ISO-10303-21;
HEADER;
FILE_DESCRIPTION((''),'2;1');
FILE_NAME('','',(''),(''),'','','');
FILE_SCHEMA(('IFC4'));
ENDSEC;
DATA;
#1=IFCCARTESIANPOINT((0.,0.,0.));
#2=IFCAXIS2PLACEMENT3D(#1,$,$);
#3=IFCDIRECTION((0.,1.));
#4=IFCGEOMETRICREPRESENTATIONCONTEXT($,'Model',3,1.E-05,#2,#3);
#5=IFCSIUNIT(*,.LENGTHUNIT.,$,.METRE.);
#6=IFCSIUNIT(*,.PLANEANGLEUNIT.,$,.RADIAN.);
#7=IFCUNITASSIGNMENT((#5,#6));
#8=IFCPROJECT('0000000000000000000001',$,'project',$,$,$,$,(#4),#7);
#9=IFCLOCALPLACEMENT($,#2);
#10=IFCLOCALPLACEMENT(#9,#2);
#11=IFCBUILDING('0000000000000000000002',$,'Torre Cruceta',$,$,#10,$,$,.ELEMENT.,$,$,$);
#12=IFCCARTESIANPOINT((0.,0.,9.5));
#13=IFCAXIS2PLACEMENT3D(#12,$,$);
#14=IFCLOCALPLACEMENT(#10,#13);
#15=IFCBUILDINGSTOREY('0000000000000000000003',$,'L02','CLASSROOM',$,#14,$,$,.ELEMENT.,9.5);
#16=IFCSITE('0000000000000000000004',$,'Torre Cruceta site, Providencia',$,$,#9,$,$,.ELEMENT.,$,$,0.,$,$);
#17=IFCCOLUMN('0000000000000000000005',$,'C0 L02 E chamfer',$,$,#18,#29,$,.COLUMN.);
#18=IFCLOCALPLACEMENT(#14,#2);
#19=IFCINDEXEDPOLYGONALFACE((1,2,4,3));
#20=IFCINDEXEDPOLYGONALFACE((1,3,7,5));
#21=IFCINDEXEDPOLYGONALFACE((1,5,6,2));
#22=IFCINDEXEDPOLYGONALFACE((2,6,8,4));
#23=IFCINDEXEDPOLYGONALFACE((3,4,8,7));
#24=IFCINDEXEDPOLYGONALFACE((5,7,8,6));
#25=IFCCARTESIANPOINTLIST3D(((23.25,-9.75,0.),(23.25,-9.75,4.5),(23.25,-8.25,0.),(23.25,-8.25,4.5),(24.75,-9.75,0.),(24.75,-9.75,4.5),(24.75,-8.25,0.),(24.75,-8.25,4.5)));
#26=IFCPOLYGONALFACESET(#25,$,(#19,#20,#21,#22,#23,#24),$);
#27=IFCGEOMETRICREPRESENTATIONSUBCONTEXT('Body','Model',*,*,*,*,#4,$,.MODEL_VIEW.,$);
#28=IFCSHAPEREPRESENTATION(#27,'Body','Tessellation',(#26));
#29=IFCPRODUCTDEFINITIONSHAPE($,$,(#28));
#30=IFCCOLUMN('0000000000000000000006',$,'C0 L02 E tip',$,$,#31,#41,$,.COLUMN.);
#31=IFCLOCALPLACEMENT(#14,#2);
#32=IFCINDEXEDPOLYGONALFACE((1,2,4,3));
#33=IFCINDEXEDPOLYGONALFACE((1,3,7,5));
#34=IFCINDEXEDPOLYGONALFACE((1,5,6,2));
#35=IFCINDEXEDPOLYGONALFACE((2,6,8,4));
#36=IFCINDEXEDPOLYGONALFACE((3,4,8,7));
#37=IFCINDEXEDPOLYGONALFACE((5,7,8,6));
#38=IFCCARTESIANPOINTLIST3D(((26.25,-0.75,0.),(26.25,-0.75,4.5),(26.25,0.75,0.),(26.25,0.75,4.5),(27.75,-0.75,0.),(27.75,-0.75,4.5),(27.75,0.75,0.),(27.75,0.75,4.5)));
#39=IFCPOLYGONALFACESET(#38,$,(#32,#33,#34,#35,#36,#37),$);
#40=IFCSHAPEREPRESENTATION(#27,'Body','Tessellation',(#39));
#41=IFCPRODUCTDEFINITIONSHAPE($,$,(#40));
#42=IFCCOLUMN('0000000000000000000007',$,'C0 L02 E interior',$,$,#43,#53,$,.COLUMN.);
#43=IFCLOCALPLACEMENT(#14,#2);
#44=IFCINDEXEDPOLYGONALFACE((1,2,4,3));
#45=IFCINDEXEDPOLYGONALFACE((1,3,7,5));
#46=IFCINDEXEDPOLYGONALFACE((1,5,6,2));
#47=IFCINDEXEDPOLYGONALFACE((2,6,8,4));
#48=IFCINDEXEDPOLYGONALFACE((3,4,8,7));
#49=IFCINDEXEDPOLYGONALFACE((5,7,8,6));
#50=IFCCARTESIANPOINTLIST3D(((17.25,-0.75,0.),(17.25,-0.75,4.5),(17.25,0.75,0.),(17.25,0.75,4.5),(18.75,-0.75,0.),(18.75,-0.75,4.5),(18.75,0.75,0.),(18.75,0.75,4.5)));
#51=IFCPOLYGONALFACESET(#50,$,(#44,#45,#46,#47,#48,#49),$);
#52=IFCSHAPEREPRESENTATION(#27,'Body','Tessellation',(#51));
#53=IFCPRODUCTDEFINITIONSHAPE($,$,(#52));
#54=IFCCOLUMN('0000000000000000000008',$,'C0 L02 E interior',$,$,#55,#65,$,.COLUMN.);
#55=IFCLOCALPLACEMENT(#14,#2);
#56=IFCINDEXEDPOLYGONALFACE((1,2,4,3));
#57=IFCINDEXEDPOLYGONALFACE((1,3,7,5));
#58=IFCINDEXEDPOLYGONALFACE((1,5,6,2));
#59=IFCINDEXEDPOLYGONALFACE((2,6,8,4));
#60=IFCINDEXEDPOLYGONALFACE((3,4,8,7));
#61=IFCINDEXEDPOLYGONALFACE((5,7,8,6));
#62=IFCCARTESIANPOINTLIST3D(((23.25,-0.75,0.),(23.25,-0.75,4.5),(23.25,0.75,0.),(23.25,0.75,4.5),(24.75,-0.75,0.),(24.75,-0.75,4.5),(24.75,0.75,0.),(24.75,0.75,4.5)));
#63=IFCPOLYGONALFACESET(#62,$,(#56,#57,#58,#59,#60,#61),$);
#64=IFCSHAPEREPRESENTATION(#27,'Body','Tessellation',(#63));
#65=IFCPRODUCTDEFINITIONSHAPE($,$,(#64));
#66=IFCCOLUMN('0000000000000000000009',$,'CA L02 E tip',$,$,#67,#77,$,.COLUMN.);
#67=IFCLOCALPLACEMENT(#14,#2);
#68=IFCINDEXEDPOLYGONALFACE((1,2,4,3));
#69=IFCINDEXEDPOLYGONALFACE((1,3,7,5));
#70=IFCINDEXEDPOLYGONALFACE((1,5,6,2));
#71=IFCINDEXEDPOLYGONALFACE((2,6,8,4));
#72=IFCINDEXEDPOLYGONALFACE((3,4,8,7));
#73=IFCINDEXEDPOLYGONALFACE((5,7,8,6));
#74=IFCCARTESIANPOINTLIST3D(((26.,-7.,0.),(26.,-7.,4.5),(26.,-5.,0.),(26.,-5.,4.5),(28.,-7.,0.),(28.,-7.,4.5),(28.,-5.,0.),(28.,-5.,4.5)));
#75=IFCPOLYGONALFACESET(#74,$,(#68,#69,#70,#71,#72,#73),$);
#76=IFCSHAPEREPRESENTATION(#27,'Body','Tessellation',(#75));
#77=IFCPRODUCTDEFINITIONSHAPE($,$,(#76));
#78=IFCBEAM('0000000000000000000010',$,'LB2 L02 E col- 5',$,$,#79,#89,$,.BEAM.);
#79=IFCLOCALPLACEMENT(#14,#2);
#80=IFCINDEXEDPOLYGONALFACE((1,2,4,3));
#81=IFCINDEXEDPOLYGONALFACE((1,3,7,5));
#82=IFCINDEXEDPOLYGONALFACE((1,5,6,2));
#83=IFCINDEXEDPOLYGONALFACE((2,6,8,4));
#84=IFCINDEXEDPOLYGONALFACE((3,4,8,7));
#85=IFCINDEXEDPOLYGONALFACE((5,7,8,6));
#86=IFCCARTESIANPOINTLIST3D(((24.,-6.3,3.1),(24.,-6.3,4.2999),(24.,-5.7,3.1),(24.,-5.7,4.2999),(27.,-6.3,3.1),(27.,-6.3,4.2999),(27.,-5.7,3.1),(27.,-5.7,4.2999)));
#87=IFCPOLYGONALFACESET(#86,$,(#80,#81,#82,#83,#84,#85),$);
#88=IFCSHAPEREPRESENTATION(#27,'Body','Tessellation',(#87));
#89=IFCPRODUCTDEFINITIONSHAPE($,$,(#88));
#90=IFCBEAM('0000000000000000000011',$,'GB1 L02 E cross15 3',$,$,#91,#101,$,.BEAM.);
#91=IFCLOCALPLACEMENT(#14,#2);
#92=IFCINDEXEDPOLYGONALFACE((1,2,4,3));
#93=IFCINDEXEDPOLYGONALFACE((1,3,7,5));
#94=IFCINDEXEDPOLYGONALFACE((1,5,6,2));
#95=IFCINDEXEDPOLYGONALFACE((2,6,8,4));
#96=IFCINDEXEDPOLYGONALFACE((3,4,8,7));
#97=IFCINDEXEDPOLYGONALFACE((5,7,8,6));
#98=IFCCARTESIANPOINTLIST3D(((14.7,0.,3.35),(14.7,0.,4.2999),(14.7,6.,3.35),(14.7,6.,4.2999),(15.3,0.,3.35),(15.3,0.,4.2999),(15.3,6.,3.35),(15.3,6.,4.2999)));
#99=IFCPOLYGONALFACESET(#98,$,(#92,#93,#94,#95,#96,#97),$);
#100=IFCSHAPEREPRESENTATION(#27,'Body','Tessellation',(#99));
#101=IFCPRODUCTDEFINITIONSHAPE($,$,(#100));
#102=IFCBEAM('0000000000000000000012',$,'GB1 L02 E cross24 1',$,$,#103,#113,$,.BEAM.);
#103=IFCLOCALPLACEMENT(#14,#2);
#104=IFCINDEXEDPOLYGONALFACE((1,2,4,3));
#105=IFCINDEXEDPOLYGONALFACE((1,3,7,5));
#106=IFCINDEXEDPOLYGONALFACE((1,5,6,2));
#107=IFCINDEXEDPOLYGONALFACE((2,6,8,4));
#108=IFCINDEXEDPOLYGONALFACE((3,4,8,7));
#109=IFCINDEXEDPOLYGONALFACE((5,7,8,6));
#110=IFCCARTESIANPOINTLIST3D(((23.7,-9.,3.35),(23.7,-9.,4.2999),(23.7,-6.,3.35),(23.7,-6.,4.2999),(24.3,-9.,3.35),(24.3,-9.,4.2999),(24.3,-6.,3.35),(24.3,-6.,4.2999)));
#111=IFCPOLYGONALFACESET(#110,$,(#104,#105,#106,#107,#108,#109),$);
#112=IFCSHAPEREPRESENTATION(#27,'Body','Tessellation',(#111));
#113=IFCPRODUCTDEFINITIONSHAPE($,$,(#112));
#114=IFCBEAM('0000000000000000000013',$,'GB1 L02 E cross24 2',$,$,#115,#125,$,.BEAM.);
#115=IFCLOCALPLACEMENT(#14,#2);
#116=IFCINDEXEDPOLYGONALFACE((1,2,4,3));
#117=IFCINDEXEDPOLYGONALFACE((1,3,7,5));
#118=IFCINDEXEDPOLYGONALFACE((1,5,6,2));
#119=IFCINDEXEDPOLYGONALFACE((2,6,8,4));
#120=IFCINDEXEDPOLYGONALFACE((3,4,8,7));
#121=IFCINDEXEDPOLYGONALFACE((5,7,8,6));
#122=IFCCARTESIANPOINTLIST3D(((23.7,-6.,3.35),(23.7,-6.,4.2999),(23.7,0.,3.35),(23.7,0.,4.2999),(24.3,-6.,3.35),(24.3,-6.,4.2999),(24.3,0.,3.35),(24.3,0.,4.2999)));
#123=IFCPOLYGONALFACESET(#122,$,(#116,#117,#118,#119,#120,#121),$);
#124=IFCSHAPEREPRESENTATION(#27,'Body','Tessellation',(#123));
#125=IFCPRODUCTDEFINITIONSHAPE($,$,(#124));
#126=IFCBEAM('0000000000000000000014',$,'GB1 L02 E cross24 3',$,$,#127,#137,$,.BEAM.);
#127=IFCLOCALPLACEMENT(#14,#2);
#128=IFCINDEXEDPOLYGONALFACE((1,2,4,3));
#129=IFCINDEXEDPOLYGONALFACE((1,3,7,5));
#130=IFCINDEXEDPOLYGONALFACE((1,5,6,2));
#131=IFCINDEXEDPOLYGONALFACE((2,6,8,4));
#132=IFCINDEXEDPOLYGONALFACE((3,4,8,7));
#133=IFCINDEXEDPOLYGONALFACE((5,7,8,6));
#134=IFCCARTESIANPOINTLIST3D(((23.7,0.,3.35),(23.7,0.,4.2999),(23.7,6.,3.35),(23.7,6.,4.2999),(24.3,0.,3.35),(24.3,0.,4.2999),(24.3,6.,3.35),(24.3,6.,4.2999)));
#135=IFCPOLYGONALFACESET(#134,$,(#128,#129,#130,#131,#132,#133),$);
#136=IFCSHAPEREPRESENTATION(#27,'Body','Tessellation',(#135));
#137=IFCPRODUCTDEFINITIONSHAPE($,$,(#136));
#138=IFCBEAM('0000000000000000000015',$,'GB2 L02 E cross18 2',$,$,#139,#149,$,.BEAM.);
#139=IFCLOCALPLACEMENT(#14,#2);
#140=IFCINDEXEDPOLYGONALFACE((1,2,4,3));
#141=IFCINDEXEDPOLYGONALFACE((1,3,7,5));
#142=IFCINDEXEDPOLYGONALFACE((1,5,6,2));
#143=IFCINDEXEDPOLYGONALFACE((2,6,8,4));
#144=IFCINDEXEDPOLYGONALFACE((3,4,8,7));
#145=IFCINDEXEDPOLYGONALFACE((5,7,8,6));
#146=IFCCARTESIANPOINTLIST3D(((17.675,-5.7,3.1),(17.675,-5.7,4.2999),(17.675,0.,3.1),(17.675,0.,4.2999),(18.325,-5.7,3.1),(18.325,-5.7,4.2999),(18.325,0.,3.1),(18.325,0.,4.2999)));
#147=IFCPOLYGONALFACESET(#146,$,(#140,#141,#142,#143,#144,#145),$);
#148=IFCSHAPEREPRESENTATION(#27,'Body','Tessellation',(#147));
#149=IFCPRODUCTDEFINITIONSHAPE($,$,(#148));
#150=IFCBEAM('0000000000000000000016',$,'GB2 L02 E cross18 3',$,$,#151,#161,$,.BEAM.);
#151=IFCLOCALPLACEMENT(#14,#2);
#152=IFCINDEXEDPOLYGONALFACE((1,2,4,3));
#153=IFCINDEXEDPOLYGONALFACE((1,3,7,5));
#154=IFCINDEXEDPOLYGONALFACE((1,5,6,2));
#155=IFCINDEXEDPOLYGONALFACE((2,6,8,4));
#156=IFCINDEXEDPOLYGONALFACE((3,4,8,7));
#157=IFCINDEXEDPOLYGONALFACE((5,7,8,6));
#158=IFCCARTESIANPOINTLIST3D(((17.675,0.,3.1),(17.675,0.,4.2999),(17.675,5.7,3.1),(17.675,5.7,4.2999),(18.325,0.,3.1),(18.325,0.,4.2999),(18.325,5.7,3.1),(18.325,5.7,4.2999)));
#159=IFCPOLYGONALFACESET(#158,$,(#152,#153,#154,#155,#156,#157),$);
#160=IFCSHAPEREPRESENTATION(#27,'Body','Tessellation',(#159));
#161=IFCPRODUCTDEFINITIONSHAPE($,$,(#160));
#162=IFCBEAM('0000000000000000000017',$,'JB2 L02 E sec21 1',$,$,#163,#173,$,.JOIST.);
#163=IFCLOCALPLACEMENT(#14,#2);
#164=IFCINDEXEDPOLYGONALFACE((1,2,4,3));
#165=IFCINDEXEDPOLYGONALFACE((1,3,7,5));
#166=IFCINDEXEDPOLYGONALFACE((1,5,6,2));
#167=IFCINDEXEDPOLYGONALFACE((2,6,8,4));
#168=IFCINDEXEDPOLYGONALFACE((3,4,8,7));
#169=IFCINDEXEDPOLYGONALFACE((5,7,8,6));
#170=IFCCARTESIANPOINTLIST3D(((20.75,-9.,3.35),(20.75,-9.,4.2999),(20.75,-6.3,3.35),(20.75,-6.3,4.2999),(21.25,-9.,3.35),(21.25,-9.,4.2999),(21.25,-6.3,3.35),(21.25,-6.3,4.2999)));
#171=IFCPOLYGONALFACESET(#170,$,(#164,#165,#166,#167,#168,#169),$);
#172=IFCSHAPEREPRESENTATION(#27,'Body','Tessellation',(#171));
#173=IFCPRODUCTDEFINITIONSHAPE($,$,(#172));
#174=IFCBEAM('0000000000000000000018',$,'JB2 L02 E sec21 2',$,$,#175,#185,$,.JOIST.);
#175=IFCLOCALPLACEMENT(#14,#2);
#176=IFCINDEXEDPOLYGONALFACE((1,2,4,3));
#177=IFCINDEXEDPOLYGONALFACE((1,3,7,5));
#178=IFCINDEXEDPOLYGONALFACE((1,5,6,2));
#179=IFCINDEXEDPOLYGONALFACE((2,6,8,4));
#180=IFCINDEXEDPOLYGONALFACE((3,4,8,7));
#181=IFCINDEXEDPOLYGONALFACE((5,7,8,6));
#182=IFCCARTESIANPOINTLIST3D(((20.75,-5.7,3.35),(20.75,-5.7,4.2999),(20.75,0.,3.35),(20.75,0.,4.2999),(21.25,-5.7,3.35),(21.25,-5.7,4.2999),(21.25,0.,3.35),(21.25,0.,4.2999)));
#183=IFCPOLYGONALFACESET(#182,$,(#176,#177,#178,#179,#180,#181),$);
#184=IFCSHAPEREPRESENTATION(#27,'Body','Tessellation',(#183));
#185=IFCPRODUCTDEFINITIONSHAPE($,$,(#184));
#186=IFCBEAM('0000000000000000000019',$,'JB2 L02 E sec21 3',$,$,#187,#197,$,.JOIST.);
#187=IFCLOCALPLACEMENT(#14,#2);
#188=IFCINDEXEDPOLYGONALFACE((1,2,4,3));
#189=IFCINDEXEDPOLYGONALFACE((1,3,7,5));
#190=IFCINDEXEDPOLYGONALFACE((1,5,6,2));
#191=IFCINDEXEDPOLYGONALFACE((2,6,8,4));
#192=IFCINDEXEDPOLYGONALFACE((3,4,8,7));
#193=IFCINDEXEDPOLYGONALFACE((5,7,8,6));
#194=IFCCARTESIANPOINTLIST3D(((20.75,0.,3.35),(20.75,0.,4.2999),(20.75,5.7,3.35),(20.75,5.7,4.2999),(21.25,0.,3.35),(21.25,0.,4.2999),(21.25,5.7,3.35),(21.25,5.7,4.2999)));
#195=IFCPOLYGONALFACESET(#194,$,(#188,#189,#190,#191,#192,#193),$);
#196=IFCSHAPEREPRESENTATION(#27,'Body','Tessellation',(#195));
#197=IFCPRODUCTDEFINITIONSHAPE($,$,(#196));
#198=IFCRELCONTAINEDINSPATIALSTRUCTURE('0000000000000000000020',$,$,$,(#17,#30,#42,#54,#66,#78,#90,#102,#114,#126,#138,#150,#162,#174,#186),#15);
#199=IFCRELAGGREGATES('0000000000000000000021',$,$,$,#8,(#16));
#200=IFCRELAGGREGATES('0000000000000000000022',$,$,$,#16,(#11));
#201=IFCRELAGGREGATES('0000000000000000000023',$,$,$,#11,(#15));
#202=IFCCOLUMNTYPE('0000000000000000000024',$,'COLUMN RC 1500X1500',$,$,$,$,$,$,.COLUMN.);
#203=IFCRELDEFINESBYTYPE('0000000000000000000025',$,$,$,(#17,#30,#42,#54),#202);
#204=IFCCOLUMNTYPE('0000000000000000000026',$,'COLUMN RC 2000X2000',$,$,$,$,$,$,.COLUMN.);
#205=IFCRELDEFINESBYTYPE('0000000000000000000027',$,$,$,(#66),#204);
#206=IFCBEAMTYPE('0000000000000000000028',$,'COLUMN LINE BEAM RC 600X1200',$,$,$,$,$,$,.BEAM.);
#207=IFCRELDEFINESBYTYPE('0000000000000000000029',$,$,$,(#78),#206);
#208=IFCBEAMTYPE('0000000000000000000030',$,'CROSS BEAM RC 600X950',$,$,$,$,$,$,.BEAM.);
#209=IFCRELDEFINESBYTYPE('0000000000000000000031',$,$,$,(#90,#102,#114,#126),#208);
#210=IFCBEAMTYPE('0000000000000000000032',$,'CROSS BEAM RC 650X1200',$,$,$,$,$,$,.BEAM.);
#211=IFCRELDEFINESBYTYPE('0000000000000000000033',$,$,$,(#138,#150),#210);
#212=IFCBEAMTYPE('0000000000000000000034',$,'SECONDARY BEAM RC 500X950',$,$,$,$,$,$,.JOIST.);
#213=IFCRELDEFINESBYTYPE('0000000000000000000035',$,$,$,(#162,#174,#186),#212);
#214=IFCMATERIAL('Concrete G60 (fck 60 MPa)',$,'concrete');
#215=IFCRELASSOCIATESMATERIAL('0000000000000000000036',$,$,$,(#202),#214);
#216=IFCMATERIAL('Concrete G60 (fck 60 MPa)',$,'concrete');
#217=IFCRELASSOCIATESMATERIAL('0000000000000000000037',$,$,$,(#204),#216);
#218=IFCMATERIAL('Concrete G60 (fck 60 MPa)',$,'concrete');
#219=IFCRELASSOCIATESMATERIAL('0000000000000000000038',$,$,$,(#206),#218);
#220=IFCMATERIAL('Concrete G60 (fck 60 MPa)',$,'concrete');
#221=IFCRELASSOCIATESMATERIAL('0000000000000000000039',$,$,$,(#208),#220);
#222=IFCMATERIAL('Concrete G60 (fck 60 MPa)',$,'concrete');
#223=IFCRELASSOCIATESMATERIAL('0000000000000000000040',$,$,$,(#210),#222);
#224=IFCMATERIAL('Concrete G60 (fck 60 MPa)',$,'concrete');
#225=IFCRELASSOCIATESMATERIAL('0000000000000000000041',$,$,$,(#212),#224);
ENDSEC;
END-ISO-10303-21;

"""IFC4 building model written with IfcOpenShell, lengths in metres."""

from ifc_helpers import new_model, si_unit, direction, frame, origin, origin_2d, place, context, subcontext, project, spatial, rectangle, extrude, material, material_profile, profile_set, type_object, element, save


model = new_model("IFC4")

# Units and contexts
model_context = context("Model", 3, precision=1e-05, world=origin(), true_north=direction((0.0, 1.0)))
body_context = subcontext(model_context, "Body", "Model", "MODEL_VIEW")
ifc_project = project(units=[si_unit("LENGTHUNIT", "METRE"), si_unit("PLANEANGLEUNIT", "RADIAN")], contexts=[model_context])

# Site, building, storey
site_placement = place(None, origin())
site = spatial("IfcSite", under=ifc_project, at=site_placement, Name="Torre Cruceta site, Providencia", CompositionType="ELEMENT", RefElevation=0.0)
building_placement = place(site_placement, origin())
building = spatial("IfcBuilding", under=site, at=building_placement, Name="Torre Cruceta", CompositionType="ELEMENT")
storey_placement = place(building_placement, frame((0.0, 0.0, 9.5)))
storey = spatial("IfcBuildingStorey", under=building, at=storey_placement, Name="L02", Description="CLASSROOM", CompositionType="ELEMENT", Elevation=9.5)

# Columns
ifc_material_1 = material(Name="Concrete G60 (fck 60 MPa)", Category="concrete")
ifc_material_profile_1 = material_profile(ifc_material_1, rectangle(XDim=1.5, YDim=1.5, at=origin_2d()), Name="RC 1500X1500")
ifc_profile_set_1 = profile_set([ifc_material_profile_1], Name="Concrete G60 (fck 60 MPa)")
column_type_1 = type_object("IfcColumnType", Name="COLUMN RC 1500X1500", PredefinedType="COLUMN", material=ifc_profile_set_1)
for number, where, z_axis, x_axis, name in (
    (1, (24.0, -9.0, 0.0), (0.0, 0.0, 1.0), (1.0, 0.0, 0.0), "C0 L02 E chamfer"),
    (2, (27.0, 0.0, 0.0), (0.0, 0.0, 1.0), (1.0, 0.0, 0.0), "C0 L02 E tip"),
    (3, (18.0, 0.0, 0.0), (0.0, 0.0, 1.0), (1.0, 0.0, 0.0), "C0 L02 E interior"),
    (4, (24.0, 0.0, 0.0), (0.0, 0.0, 1.0), (1.0, 0.0, 0.0), "C0 L02 E interior"),
):
    element("IfcColumn", number, at=place(storey_placement, frame(where, z_axis=z_axis, x_axis=x_axis)), inside=storey, type_object=column_type_1, Name=name, PredefinedType="COLUMN", context=body_context, shape_type="SweptSolid", body=[
        extrude(rectangle(XDim=1.5, YDim=1.5, at=origin_2d()), origin(), (0.0, 0.0, 1.0), 4.5),
    ])
ifc_material_2 = material(Name="Concrete G60 (fck 60 MPa)", Category="concrete")
ifc_material_profile_2 = material_profile(ifc_material_2, rectangle(XDim=2.0, YDim=2.0, at=origin_2d()), Name="RC 2000X2000")
ifc_profile_set_2 = profile_set([ifc_material_profile_2], Name="Concrete G60 (fck 60 MPa)")
column_type_2 = type_object("IfcColumnType", Name="COLUMN RC 2000X2000", PredefinedType="COLUMN", material=ifc_profile_set_2)
column_placement = place(storey_placement, frame((27.0, -6.0, 0.0), z_axis=(0.0, 0.0, 1.0), x_axis=(1.0, 0.0, 0.0)))
element("IfcColumn", 5, at=column_placement, inside=storey, type_object=column_type_2, Name="CA L02 E tip", PredefinedType="COLUMN", context=body_context, shape_type="SweptSolid", body=[
    extrude(rectangle(XDim=2.0, YDim=2.0, at=origin_2d()), origin(), (0.0, 0.0, 1.0), 4.5),
])

# Beams
ifc_material_3 = material(Name="Concrete G60 (fck 60 MPa)", Category="concrete")
ifc_material_profile_3 = material_profile(ifc_material_3, rectangle(XDim=0.6001, YDim=1.2, at=origin_2d()), Name="RC 600X1200")
ifc_profile_set_3 = profile_set([ifc_material_profile_3], Name="Concrete G60 (fck 60 MPa)")
beam_type_1 = type_object("IfcBeamType", Name="COLUMN LINE BEAM RC 600X1200", PredefinedType="BEAM", material=ifc_profile_set_3)
beam_1_placement = place(storey_placement, frame((24.0, -6.0, 3.7), z_axis=(1.0, 0.0, 0.0), x_axis=(0.0, 1.0, 0.0)))
element("IfcBeam", 6, at=beam_1_placement, inside=storey, type_object=beam_type_1, Name="LB2 L02 E col- 5", PredefinedType="BEAM", context=body_context, shape_type="SweptSolid", body=[
    extrude(rectangle(XDim=0.6001, YDim=1.2, at=origin_2d()), origin(), (0.0, 0.0, 1.0), 3.0),
])
ifc_material_4 = material(Name="Concrete G60 (fck 60 MPa)", Category="concrete")
ifc_material_profile_4 = material_profile(ifc_material_4, rectangle(XDim=0.6001, YDim=0.95, at=origin_2d()), Name="RC 600X950")
ifc_profile_set_4 = profile_set([ifc_material_profile_4], Name="Concrete G60 (fck 60 MPa)")
beam_type_2 = type_object("IfcBeamType", Name="CROSS BEAM RC 600X950", PredefinedType="BEAM", material=ifc_profile_set_4)
beam_2_placement = place(storey_placement, frame((15.0, 0.0, 3.825), z_axis=(0.0, 1.0, 0.0), x_axis=(-1.0, 0.0, 0.0)))
element("IfcBeam", 7, at=beam_2_placement, inside=storey, type_object=beam_type_2, Name="GB1 L02 E cross15 3", PredefinedType="BEAM", context=body_context, shape_type="SweptSolid", body=[
    extrude(rectangle(XDim=0.6001, YDim=0.95, at=origin_2d()), origin(), (0.0, 0.0, 1.0), 6.0),
])
beam_3_placement = place(storey_placement, frame((24.0, -9.0, 3.825), z_axis=(0.0, 1.0, 0.0), x_axis=(-1.0, 0.0, 0.0)))
element("IfcBeam", 8, at=beam_3_placement, inside=storey, type_object=beam_type_2, Name="GB1 L02 E cross24 1", PredefinedType="BEAM", context=body_context, shape_type="SweptSolid", body=[
    extrude(rectangle(XDim=0.6001, YDim=0.95, at=origin_2d()), origin(), (0.0, 0.0, 1.0), 3.0),
])
for number, where, z_axis, x_axis, name in (
    (9, (24.0, -6.0, 3.825), (0.0, 1.0, 0.0), (-1.0, 0.0, 0.0), "GB1 L02 E cross24 2"),
    (10, (24.0, 0.0, 3.825), (0.0, 1.0, 0.0), (-1.0, 0.0, 0.0), "GB1 L02 E cross24 3"),
):
    element("IfcBeam", number, at=place(storey_placement, frame(where, z_axis=z_axis, x_axis=x_axis)), inside=storey, type_object=beam_type_2, Name=name, PredefinedType="BEAM", context=body_context, shape_type="SweptSolid", body=[
        extrude(rectangle(XDim=0.6001, YDim=0.95, at=origin_2d()), origin(), (0.0, 0.0, 1.0), 6.0),
    ])
ifc_material_5 = material(Name="Concrete G60 (fck 60 MPa)", Category="concrete")
ifc_material_profile_5 = material_profile(ifc_material_5, rectangle(XDim=0.6499, YDim=1.2, at=origin_2d()), Name="RC 650X1200")
ifc_profile_set_5 = profile_set([ifc_material_profile_5], Name="Concrete G60 (fck 60 MPa)")
beam_type_3 = type_object("IfcBeamType", Name="CROSS BEAM RC 650X1200", PredefinedType="BEAM", material=ifc_profile_set_5)
for number, where, z_axis, x_axis, name in (
    (11, (18.0, -5.7, 3.7), (0.0, 1.0, 0.0), (-1.0, 0.0, 0.0), "GB2 L02 E cross18 2"),
    (12, (18.0, 0.0, 3.7), (0.0, 1.0, 0.0), (-1.0, 0.0, 0.0), "GB2 L02 E cross18 3"),
):
    element("IfcBeam", number, at=place(storey_placement, frame(where, z_axis=z_axis, x_axis=x_axis)), inside=storey, type_object=beam_type_3, Name=name, PredefinedType="BEAM", context=body_context, shape_type="SweptSolid", body=[
        extrude(rectangle(XDim=0.6499, YDim=1.2, at=origin_2d()), origin(), (0.0, 0.0, 1.0), 5.7),
    ])
ifc_material_6 = material(Name="Concrete G60 (fck 60 MPa)", Category="concrete")
ifc_material_profile_6 = material_profile(ifc_material_6, rectangle(XDim=0.5, YDim=0.95, at=origin_2d()), Name="RC 500X950")
ifc_profile_set_6 = profile_set([ifc_material_profile_6], Name="Concrete G60 (fck 60 MPa)")
beam_type_4 = type_object("IfcBeamType", Name="SECONDARY BEAM RC 500X950", PredefinedType="JOIST", material=ifc_profile_set_6)
beam_4_placement = place(storey_placement, frame((21.0, -9.0, 3.825), z_axis=(0.0, 1.0, 0.0), x_axis=(-1.0, 0.0, 0.0)))
element("IfcBeam", 13, at=beam_4_placement, inside=storey, type_object=beam_type_4, Name="JB2 L02 E sec21 1", PredefinedType="JOIST", context=body_context, shape_type="SweptSolid", body=[
    extrude(rectangle(XDim=0.5, YDim=0.95, at=origin_2d()), origin(), (0.0, 0.0, 1.0), 2.7),
])
for number, where, z_axis, x_axis, name in (
    (14, (21.0, -5.7, 3.825), (0.0, 1.0, 0.0), (-1.0, 0.0, 0.0), "JB2 L02 E sec21 2"),
    (15, (21.0, 0.0, 3.825), (0.0, 1.0, 0.0), (-1.0, 0.0, 0.0), "JB2 L02 E sec21 3"),
):
    element("IfcBeam", number, at=place(storey_placement, frame(where, z_axis=z_axis, x_axis=x_axis)), inside=storey, type_object=beam_type_4, Name=name, PredefinedType="JOIST", context=body_context, shape_type="SweptSolid", body=[
        extrude(rectangle(XDim=0.5, YDim=0.95, at=origin_2d()), origin(), (0.0, 0.0, 1.0), 5.7),
    ])

save(model, "model.ifc")
